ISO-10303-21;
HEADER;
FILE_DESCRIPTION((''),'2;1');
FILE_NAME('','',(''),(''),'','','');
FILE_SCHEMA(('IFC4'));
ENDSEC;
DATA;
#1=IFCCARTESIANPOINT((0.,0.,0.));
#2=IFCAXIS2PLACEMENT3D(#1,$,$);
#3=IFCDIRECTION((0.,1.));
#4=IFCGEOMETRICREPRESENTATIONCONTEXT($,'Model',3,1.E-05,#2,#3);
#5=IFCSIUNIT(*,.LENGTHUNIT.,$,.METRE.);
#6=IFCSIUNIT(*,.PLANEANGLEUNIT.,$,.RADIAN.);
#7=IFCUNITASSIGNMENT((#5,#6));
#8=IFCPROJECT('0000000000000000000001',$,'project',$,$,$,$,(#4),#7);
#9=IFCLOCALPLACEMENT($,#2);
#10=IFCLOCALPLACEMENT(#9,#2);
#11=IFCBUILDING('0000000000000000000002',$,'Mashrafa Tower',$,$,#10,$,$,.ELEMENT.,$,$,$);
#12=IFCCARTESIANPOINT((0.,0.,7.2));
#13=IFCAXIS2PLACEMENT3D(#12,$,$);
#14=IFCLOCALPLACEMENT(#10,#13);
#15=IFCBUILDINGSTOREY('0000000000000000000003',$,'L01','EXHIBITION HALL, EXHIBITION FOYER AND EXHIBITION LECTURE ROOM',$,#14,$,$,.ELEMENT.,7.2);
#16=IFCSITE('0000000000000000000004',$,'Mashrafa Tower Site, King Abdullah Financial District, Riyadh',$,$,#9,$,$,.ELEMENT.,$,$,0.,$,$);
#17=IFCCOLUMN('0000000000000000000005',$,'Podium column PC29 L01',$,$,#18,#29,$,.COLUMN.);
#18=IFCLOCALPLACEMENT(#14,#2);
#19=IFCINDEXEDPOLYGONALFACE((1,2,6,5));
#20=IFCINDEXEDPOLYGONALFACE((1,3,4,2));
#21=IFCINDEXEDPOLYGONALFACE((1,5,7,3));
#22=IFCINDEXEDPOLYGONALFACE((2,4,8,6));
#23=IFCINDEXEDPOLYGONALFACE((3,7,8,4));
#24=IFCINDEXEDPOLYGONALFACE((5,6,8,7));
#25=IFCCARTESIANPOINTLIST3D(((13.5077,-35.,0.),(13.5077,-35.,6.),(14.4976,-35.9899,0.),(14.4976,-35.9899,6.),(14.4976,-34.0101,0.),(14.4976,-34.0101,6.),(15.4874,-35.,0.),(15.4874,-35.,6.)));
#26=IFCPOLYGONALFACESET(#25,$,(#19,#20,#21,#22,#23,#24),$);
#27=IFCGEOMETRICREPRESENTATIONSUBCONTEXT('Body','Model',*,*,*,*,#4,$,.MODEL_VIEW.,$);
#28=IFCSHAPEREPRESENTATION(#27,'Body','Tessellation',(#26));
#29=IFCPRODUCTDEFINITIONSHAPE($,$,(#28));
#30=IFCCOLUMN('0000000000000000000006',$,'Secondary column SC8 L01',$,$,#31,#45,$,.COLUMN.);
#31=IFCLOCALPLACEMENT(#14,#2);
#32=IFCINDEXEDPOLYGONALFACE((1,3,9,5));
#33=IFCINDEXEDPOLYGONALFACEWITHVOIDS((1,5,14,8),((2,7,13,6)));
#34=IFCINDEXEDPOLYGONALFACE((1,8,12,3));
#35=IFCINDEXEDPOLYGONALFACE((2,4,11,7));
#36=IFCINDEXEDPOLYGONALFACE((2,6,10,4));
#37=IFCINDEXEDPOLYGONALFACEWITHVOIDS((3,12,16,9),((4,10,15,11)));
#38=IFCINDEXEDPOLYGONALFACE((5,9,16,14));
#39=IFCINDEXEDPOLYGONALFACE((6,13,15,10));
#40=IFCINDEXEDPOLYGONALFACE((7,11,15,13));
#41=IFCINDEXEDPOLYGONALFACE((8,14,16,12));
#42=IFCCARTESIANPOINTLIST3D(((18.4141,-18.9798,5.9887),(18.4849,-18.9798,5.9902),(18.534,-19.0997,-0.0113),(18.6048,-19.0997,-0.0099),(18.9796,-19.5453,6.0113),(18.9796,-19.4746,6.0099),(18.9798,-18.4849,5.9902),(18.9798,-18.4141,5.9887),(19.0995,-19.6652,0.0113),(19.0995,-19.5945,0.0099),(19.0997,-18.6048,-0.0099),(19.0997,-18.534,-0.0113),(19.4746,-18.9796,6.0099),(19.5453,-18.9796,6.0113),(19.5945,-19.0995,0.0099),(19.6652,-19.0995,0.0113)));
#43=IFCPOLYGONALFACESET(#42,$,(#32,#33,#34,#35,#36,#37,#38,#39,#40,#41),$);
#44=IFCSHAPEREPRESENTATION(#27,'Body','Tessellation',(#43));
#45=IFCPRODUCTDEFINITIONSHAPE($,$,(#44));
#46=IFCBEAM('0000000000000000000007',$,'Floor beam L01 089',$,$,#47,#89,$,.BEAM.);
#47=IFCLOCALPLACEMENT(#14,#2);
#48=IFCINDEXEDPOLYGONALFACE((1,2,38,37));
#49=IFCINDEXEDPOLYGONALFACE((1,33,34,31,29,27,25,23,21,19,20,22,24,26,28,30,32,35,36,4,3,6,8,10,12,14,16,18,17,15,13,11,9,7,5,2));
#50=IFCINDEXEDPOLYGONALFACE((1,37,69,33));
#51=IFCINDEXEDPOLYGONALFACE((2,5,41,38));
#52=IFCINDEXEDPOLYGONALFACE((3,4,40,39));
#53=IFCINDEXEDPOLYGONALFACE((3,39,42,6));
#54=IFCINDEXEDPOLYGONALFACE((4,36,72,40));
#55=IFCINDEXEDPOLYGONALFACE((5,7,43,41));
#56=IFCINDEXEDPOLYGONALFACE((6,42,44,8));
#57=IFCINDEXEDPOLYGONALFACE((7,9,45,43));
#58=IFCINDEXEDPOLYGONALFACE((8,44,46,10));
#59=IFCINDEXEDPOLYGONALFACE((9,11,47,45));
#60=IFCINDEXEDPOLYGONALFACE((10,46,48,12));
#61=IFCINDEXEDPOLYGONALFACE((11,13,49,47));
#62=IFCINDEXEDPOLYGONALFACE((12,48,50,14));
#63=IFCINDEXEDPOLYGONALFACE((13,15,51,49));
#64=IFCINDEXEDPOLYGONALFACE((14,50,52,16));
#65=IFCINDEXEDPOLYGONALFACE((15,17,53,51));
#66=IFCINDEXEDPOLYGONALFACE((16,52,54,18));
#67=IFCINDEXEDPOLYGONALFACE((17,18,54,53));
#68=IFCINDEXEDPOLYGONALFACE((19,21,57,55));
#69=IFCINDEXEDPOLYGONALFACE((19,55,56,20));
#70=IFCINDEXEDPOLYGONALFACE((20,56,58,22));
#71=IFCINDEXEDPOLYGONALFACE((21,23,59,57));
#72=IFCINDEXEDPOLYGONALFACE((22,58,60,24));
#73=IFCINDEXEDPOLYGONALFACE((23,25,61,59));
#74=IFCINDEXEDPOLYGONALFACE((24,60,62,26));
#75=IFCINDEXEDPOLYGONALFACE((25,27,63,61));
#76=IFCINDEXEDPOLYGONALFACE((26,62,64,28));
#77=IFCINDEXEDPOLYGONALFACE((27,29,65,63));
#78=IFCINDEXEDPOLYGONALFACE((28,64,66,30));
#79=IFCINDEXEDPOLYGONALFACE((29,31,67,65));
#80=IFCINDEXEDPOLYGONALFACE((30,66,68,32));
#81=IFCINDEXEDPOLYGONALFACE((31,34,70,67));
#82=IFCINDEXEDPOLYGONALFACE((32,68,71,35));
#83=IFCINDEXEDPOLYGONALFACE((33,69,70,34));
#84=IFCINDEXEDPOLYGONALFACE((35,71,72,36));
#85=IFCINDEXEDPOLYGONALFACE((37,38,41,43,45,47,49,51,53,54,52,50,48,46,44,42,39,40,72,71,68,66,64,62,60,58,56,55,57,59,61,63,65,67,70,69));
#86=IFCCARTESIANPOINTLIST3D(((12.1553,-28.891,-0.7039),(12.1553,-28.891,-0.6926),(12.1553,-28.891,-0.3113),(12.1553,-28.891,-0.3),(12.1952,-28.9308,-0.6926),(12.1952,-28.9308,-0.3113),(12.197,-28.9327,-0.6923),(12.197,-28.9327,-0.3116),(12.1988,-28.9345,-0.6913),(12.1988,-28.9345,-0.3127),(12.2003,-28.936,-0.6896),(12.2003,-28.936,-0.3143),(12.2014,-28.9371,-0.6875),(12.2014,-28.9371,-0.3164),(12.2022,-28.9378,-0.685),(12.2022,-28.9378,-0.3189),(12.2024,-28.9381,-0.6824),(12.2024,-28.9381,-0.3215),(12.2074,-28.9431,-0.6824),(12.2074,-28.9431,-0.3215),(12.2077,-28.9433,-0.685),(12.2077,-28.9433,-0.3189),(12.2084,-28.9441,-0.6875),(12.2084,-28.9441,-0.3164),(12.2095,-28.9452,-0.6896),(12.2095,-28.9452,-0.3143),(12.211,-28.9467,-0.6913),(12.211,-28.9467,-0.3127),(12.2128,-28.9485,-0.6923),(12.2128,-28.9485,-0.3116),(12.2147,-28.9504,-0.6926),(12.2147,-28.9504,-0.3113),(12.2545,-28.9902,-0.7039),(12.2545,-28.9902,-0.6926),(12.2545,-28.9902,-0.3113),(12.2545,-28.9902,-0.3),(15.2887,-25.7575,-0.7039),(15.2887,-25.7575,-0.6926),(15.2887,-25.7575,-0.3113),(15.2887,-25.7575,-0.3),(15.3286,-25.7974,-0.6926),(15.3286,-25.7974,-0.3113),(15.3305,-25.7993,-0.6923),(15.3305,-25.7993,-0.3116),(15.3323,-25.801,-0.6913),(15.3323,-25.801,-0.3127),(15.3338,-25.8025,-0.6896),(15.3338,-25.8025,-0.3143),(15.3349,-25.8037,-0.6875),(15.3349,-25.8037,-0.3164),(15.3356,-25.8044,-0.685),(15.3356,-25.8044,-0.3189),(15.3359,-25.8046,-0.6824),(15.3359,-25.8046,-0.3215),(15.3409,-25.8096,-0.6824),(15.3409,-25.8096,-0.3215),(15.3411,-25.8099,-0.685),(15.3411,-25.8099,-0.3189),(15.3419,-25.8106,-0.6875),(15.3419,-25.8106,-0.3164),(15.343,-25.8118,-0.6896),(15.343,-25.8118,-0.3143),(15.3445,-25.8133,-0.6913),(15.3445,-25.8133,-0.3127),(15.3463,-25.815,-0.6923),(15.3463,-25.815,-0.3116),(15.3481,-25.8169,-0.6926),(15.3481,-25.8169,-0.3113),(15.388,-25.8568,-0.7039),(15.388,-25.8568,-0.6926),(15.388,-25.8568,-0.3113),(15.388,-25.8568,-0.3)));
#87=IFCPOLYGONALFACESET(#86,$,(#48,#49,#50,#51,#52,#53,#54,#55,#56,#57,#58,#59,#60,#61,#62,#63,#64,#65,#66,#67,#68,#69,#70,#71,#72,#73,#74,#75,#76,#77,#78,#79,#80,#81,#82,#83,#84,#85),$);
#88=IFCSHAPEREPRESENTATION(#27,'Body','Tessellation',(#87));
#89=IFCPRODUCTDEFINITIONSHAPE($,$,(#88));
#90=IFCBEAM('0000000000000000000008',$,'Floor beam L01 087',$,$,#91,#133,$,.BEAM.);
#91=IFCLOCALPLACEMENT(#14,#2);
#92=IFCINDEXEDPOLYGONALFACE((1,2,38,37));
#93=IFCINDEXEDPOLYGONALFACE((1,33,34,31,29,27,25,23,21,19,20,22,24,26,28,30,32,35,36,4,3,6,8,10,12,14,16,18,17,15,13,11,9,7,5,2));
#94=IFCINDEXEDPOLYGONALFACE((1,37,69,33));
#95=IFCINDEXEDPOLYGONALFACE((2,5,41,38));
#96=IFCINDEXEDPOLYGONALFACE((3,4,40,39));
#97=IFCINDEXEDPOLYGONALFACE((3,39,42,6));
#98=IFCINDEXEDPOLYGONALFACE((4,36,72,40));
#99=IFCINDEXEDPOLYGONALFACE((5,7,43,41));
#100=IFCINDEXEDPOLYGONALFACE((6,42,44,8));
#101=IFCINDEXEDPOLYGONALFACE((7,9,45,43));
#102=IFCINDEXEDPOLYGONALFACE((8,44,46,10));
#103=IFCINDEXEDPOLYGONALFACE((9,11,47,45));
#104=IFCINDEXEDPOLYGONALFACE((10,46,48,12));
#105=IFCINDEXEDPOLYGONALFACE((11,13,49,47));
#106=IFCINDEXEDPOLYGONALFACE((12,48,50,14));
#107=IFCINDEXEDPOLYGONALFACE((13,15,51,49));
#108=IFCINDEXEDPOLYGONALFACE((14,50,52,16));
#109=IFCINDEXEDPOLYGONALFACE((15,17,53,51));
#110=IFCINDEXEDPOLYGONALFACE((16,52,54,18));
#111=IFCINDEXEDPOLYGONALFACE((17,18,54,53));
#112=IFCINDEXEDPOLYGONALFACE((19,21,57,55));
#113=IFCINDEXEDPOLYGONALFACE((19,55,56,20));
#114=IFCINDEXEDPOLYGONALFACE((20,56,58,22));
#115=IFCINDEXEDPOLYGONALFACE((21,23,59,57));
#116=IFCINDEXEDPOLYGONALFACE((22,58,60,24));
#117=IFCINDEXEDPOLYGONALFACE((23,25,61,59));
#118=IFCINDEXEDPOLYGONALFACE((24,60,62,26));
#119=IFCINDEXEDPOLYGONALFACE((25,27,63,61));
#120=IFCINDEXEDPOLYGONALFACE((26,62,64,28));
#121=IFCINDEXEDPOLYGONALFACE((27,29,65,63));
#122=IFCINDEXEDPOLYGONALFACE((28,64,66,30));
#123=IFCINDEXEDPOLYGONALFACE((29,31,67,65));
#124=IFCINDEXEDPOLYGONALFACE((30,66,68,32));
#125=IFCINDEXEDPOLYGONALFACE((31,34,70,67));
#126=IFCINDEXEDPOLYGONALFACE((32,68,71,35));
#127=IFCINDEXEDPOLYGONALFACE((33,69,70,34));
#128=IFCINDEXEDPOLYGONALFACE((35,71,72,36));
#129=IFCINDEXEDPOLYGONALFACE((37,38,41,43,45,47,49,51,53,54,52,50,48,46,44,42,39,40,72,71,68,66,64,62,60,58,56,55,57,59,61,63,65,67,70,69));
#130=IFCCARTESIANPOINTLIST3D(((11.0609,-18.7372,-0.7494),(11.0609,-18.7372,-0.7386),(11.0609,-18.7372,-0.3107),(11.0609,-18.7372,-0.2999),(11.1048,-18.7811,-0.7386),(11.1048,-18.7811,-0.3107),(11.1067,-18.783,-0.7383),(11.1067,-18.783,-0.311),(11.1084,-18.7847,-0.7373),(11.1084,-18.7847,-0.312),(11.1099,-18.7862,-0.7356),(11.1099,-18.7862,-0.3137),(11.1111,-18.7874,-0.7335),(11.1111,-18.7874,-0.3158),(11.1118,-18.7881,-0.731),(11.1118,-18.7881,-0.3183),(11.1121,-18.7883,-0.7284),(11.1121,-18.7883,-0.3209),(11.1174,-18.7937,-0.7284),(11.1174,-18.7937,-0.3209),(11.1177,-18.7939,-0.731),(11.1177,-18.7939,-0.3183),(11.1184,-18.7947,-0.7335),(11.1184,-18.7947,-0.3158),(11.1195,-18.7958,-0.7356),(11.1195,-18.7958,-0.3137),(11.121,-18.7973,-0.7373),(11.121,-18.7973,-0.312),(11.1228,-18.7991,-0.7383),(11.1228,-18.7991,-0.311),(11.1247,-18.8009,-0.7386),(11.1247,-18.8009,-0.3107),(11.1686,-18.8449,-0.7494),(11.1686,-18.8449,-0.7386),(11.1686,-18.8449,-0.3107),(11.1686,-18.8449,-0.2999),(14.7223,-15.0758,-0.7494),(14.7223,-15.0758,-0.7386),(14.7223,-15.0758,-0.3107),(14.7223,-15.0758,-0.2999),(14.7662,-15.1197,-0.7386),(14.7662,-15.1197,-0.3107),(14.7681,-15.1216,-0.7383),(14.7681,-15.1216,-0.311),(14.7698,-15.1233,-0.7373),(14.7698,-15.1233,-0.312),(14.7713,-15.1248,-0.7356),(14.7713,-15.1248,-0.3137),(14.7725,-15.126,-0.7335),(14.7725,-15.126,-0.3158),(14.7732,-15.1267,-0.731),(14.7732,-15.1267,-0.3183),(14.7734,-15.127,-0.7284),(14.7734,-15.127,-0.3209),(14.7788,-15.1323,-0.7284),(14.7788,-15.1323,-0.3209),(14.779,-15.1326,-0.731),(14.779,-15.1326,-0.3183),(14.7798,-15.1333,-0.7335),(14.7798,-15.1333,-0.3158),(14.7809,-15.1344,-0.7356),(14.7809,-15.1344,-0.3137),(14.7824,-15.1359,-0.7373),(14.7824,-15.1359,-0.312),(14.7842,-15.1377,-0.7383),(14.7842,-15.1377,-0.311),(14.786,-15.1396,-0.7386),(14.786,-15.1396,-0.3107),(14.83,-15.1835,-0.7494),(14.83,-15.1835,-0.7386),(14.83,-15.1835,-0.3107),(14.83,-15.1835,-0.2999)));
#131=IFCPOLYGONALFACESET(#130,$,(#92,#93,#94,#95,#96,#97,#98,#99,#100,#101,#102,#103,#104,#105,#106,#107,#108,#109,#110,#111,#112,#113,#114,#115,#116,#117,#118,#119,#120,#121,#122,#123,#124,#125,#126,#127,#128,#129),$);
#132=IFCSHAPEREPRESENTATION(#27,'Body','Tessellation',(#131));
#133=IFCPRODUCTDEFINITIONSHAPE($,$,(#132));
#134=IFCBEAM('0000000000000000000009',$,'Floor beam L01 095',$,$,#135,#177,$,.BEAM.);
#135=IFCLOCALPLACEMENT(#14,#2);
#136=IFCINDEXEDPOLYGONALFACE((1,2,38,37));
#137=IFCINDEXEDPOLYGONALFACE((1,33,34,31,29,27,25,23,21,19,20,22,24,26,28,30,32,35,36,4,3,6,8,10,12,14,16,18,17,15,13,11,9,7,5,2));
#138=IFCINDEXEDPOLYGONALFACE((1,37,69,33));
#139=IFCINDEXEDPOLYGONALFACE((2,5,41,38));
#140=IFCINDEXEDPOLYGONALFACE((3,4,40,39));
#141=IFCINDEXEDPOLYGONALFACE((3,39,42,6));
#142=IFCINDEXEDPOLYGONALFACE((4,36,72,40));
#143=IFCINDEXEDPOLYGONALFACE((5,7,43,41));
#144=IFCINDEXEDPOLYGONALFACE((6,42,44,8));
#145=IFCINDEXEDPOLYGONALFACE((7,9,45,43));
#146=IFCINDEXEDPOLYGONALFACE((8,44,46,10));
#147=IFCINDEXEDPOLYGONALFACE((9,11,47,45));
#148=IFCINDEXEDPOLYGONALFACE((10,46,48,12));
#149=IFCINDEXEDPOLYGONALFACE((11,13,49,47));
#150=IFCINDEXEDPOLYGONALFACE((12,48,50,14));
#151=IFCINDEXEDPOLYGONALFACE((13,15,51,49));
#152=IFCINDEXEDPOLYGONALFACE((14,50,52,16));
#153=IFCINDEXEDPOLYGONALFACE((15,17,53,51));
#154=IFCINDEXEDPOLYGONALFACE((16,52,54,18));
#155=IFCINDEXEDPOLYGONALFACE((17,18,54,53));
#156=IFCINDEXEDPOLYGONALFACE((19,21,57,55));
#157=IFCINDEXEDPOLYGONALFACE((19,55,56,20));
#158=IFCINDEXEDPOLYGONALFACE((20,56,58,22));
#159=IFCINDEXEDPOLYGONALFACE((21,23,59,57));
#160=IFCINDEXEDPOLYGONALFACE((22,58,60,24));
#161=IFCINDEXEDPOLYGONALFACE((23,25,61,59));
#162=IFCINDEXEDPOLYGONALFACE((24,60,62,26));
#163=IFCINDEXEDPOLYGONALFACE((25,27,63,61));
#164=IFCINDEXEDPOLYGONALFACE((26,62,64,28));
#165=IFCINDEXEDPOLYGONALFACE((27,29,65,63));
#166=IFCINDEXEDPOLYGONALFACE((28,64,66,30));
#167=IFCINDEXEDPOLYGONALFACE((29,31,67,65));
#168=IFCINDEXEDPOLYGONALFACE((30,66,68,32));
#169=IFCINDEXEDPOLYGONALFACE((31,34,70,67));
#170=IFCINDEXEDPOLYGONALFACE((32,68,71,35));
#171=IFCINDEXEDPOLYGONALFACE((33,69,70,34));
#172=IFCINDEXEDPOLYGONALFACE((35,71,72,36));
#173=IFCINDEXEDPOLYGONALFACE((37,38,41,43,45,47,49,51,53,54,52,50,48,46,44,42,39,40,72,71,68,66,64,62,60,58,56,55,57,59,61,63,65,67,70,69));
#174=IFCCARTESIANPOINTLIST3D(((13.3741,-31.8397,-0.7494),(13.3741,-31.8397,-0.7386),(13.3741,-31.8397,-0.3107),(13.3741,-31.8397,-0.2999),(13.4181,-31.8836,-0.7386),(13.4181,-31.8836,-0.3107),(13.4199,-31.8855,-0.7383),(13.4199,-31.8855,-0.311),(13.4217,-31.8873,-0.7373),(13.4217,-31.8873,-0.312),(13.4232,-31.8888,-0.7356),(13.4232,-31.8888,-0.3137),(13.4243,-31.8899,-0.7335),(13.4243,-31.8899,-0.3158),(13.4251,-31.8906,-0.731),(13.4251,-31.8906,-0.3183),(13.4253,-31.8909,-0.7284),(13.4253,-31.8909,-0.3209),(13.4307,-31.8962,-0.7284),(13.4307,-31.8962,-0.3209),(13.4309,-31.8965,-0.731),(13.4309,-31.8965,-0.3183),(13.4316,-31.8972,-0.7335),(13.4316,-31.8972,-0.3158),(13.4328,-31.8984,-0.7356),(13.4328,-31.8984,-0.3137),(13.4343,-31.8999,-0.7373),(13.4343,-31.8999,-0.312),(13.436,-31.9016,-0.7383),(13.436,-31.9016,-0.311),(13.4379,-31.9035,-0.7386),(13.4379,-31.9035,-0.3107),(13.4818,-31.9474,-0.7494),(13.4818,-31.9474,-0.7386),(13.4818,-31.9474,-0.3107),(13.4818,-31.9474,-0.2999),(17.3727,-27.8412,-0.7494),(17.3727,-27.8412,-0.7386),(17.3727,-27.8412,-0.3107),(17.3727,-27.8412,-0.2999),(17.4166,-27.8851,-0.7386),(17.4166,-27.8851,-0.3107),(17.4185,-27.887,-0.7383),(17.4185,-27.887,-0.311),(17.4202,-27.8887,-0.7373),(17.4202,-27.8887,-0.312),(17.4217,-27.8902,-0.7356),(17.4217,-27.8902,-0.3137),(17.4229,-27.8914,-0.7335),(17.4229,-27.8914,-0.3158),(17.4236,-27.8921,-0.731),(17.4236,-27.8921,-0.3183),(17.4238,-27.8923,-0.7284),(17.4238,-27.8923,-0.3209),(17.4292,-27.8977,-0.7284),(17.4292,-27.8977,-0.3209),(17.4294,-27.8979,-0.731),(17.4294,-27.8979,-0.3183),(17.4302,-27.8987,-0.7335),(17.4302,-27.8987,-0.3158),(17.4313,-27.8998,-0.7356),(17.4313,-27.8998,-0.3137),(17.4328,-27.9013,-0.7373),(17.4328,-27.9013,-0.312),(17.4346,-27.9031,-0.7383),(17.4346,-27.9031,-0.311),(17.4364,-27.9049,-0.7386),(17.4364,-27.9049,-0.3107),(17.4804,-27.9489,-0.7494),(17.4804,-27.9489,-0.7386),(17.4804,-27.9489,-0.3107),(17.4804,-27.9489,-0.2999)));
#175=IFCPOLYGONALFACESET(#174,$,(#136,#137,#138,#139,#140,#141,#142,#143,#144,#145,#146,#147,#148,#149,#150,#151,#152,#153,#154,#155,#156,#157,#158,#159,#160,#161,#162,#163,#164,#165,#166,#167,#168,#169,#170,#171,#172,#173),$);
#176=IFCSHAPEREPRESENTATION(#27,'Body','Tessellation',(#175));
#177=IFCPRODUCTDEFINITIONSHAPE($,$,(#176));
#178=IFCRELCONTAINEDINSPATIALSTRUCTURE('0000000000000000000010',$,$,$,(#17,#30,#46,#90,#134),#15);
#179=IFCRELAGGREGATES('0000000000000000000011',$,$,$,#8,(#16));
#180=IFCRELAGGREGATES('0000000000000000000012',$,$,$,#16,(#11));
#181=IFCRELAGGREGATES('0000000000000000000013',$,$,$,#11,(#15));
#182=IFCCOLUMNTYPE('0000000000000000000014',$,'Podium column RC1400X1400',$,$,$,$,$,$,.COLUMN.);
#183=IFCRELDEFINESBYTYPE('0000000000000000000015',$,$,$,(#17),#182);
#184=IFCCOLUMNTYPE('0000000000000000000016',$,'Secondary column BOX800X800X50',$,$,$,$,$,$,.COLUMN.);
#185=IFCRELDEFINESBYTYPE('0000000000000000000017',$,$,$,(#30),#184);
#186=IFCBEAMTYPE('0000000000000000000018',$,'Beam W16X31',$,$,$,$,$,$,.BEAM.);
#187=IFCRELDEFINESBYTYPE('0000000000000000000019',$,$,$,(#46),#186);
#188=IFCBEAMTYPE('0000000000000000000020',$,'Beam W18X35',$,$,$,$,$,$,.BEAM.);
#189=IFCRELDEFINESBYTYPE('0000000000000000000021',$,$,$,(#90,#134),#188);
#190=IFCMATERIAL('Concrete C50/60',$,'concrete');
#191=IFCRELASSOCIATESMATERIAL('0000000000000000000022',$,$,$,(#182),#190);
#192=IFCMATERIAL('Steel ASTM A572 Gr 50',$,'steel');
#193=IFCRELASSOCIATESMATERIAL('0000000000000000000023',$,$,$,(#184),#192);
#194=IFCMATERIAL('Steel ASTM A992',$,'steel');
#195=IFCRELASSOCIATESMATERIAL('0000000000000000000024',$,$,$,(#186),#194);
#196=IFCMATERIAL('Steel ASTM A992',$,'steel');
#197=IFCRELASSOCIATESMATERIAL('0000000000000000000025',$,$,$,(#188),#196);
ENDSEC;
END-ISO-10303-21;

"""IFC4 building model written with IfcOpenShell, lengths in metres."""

from ifc_helpers import new_model, si_unit, direction, frame, origin, origin_2d, place, context, subcontext, project, spatial, rectangle, hollow_rectangle, i_section, extrude, material, material_profile, profile_set, type_object, element, save


model = new_model("IFC4")

# Units and contexts
model_context = context("Model", 3, precision=1e-05, world=origin(), true_north=direction((0.0, 1.0)))
body_context = subcontext(model_context, "Body", "Model", "MODEL_VIEW")
ifc_project = project(units=[si_unit("LENGTHUNIT", "METRE"), si_unit("PLANEANGLEUNIT", "RADIAN")], contexts=[model_context])

# Site, building, storey
site_placement = place(None, origin())
site = spatial("IfcSite", under=ifc_project, at=site_placement, Name="Mashrafa Tower Site, King Abdullah Financial District, Riyadh", CompositionType="ELEMENT", RefElevation=0.0)
building_placement = place(site_placement, origin())
building = spatial("IfcBuilding", under=site, at=building_placement, Name="Mashrafa Tower", CompositionType="ELEMENT")
storey_placement = place(building_placement, frame((0.0, 0.0, 7.2)))
storey = spatial("IfcBuildingStorey", under=building, at=storey_placement, Name="L01", Description="EXHIBITION HALL, EXHIBITION FOYER AND EXHIBITION LECTURE ROOM", CompositionType="ELEMENT", Elevation=7.2)

# Columns
ifc_material_1 = material(Name="Concrete C50/60", Category="concrete")
ifc_material_profile_1 = material_profile(ifc_material_1, rectangle(XDim=1.3999, YDim=1.3999, at=origin_2d()), Name="RC1400X1400")
ifc_profile_set_1 = profile_set([ifc_material_profile_1], Name="Concrete C50/60")
column_type_1 = type_object("IfcColumnType", Name="Podium column RC1400X1400", PredefinedType="COLUMN", material=ifc_profile_set_1)
column_1_placement = place(storey_placement, frame((14.4976, -35.0, 0.0), z_axis=(0.0, 0.0, 1.0), x_axis=(0.707107, 0.707107, 0.0)))
element("IfcColumn", 1, at=column_1_placement, inside=storey, type_object=column_type_1, Name="Podium column PC29 L01", PredefinedType="COLUMN", context=body_context, shape_type="SweptSolid", body=[
    extrude(rectangle(XDim=1.3999, YDim=1.3999, at=origin_2d()), origin(), (0.0, 0.0, 1.0), 6.0),
])
ifc_material_2 = material(Name="Steel ASTM A572 Gr 50", Category="steel")
ifc_material_profile_2 = material_profile(ifc_material_2, hollow_rectangle(XDim=0.8, YDim=0.8, WallThickness=0.05, at=origin_2d()), Name="BOX800X800X50")
ifc_profile_set_2 = profile_set([ifc_material_profile_2], Name="Steel ASTM A572 Gr 50")
column_type_2 = type_object("IfcColumnType", Name="Secondary column BOX800X800X50", PredefinedType="COLUMN", material=ifc_profile_set_2)
column_2_placement = place(storey_placement, frame((19.0996, -19.0996, 0.0), z_axis=(-0.019971, 0.019971, 0.999601), x_axis=(-0.707107, -0.707107, 0.0)))
element("IfcColumn", 2, at=column_2_placement, inside=storey, type_object=column_type_2, Name="Secondary column SC8 L01", PredefinedType="COLUMN", context=body_context, shape_type="SweptSolid", body=[
    extrude(hollow_rectangle(XDim=0.8, YDim=0.8, WallThickness=0.05, at=origin_2d()), origin(), (0.0, 0.0, 1.0), 6.0024),
])

# Beams
ifc_material_3 = material(Name="Steel ASTM A992", Category="steel")
ifc_material_profile_3 = material_profile(ifc_material_3, i_section(OverallWidth=0.1404, OverallDepth=0.4038, WebThickness=0.0071, FlangeThickness=0.0112, FilletRadius=0.0103, at=origin_2d()), Name="W16X31")
ifc_profile_set_3 = profile_set([ifc_material_profile_3], Name="Steel ASTM A992")
beam_type_1 = type_object("IfcBeamType", Name="Beam W16X31", PredefinedType="BEAM", material=ifc_profile_set_3)
beam_1_placement = place(storey_placement, frame((15.3384, -25.8071, -0.502), z_axis=(-0.707107, -0.707107, 0.0), x_axis=(0.707107, -0.707107, 0.0)))
element("IfcBeam", 3, at=beam_1_placement, inside=storey, type_object=beam_type_1, Name="Floor beam L01 089", PredefinedType="BEAM", context=body_context, shape_type="SweptSolid", body=[
    extrude(i_section(OverallWidth=0.1404, OverallDepth=0.4038, WebThickness=0.0071, FlangeThickness=0.0112, FilletRadius=0.0103, at=origin_2d()), origin(), (0.0, 0.0, 1.0), 4.4314),
])
ifc_material_4 = material(Name="Steel ASTM A992", Category="steel")
ifc_material_profile_4 = material_profile(ifc_material_4, i_section(OverallWidth=0.1523, OverallDepth=0.4495, WebThickness=0.0076, FlangeThickness=0.0107, FilletRadius=0.0103, at=origin_2d()), Name="W18X35")
ifc_profile_set_4 = profile_set([ifc_material_profile_4], Name="Steel ASTM A992")
beam_type_2 = type_object("IfcBeamType", Name="Beam W18X35", PredefinedType="BEAM", material=ifc_profile_set_4)
beam_2_placement = place(storey_placement, frame((14.7761, -15.1296, -0.5247), z_axis=(-0.707107, -0.707107, 0.0), x_axis=(0.707107, -0.707107, 0.0)))
element("IfcBeam", 4, at=beam_2_placement, inside=storey, type_object=beam_type_2, Name="Floor beam L01 087", PredefinedType="BEAM", context=body_context, shape_type="SweptSolid", body=[
    extrude(i_section(OverallWidth=0.1523, OverallDepth=0.4495, WebThickness=0.0076, FlangeThickness=0.0107, FilletRadius=0.0103, at=origin_2d()), origin(), (0.0, 0.0, 1.0), 5.178),
])
beam_3_placement = place(storey_placement, frame((17.4265, -27.895, -0.5247), z_axis=(-0.707107, -0.707107, 0.0), x_axis=(0.707107, -0.707107, 0.0)))
element("IfcBeam", 5, at=beam_3_placement, inside=storey, type_object=beam_type_2, Name="Floor beam L01 095", PredefinedType="BEAM", context=body_context, shape_type="SweptSolid", body=[
    extrude(i_section(OverallWidth=0.1523, OverallDepth=0.4495, WebThickness=0.0076, FlangeThickness=0.0107, FilletRadius=0.0103, at=origin_2d()), origin(), (0.0, 0.0, 1.0), 5.6548),
])

save(model, "model.ifc")
